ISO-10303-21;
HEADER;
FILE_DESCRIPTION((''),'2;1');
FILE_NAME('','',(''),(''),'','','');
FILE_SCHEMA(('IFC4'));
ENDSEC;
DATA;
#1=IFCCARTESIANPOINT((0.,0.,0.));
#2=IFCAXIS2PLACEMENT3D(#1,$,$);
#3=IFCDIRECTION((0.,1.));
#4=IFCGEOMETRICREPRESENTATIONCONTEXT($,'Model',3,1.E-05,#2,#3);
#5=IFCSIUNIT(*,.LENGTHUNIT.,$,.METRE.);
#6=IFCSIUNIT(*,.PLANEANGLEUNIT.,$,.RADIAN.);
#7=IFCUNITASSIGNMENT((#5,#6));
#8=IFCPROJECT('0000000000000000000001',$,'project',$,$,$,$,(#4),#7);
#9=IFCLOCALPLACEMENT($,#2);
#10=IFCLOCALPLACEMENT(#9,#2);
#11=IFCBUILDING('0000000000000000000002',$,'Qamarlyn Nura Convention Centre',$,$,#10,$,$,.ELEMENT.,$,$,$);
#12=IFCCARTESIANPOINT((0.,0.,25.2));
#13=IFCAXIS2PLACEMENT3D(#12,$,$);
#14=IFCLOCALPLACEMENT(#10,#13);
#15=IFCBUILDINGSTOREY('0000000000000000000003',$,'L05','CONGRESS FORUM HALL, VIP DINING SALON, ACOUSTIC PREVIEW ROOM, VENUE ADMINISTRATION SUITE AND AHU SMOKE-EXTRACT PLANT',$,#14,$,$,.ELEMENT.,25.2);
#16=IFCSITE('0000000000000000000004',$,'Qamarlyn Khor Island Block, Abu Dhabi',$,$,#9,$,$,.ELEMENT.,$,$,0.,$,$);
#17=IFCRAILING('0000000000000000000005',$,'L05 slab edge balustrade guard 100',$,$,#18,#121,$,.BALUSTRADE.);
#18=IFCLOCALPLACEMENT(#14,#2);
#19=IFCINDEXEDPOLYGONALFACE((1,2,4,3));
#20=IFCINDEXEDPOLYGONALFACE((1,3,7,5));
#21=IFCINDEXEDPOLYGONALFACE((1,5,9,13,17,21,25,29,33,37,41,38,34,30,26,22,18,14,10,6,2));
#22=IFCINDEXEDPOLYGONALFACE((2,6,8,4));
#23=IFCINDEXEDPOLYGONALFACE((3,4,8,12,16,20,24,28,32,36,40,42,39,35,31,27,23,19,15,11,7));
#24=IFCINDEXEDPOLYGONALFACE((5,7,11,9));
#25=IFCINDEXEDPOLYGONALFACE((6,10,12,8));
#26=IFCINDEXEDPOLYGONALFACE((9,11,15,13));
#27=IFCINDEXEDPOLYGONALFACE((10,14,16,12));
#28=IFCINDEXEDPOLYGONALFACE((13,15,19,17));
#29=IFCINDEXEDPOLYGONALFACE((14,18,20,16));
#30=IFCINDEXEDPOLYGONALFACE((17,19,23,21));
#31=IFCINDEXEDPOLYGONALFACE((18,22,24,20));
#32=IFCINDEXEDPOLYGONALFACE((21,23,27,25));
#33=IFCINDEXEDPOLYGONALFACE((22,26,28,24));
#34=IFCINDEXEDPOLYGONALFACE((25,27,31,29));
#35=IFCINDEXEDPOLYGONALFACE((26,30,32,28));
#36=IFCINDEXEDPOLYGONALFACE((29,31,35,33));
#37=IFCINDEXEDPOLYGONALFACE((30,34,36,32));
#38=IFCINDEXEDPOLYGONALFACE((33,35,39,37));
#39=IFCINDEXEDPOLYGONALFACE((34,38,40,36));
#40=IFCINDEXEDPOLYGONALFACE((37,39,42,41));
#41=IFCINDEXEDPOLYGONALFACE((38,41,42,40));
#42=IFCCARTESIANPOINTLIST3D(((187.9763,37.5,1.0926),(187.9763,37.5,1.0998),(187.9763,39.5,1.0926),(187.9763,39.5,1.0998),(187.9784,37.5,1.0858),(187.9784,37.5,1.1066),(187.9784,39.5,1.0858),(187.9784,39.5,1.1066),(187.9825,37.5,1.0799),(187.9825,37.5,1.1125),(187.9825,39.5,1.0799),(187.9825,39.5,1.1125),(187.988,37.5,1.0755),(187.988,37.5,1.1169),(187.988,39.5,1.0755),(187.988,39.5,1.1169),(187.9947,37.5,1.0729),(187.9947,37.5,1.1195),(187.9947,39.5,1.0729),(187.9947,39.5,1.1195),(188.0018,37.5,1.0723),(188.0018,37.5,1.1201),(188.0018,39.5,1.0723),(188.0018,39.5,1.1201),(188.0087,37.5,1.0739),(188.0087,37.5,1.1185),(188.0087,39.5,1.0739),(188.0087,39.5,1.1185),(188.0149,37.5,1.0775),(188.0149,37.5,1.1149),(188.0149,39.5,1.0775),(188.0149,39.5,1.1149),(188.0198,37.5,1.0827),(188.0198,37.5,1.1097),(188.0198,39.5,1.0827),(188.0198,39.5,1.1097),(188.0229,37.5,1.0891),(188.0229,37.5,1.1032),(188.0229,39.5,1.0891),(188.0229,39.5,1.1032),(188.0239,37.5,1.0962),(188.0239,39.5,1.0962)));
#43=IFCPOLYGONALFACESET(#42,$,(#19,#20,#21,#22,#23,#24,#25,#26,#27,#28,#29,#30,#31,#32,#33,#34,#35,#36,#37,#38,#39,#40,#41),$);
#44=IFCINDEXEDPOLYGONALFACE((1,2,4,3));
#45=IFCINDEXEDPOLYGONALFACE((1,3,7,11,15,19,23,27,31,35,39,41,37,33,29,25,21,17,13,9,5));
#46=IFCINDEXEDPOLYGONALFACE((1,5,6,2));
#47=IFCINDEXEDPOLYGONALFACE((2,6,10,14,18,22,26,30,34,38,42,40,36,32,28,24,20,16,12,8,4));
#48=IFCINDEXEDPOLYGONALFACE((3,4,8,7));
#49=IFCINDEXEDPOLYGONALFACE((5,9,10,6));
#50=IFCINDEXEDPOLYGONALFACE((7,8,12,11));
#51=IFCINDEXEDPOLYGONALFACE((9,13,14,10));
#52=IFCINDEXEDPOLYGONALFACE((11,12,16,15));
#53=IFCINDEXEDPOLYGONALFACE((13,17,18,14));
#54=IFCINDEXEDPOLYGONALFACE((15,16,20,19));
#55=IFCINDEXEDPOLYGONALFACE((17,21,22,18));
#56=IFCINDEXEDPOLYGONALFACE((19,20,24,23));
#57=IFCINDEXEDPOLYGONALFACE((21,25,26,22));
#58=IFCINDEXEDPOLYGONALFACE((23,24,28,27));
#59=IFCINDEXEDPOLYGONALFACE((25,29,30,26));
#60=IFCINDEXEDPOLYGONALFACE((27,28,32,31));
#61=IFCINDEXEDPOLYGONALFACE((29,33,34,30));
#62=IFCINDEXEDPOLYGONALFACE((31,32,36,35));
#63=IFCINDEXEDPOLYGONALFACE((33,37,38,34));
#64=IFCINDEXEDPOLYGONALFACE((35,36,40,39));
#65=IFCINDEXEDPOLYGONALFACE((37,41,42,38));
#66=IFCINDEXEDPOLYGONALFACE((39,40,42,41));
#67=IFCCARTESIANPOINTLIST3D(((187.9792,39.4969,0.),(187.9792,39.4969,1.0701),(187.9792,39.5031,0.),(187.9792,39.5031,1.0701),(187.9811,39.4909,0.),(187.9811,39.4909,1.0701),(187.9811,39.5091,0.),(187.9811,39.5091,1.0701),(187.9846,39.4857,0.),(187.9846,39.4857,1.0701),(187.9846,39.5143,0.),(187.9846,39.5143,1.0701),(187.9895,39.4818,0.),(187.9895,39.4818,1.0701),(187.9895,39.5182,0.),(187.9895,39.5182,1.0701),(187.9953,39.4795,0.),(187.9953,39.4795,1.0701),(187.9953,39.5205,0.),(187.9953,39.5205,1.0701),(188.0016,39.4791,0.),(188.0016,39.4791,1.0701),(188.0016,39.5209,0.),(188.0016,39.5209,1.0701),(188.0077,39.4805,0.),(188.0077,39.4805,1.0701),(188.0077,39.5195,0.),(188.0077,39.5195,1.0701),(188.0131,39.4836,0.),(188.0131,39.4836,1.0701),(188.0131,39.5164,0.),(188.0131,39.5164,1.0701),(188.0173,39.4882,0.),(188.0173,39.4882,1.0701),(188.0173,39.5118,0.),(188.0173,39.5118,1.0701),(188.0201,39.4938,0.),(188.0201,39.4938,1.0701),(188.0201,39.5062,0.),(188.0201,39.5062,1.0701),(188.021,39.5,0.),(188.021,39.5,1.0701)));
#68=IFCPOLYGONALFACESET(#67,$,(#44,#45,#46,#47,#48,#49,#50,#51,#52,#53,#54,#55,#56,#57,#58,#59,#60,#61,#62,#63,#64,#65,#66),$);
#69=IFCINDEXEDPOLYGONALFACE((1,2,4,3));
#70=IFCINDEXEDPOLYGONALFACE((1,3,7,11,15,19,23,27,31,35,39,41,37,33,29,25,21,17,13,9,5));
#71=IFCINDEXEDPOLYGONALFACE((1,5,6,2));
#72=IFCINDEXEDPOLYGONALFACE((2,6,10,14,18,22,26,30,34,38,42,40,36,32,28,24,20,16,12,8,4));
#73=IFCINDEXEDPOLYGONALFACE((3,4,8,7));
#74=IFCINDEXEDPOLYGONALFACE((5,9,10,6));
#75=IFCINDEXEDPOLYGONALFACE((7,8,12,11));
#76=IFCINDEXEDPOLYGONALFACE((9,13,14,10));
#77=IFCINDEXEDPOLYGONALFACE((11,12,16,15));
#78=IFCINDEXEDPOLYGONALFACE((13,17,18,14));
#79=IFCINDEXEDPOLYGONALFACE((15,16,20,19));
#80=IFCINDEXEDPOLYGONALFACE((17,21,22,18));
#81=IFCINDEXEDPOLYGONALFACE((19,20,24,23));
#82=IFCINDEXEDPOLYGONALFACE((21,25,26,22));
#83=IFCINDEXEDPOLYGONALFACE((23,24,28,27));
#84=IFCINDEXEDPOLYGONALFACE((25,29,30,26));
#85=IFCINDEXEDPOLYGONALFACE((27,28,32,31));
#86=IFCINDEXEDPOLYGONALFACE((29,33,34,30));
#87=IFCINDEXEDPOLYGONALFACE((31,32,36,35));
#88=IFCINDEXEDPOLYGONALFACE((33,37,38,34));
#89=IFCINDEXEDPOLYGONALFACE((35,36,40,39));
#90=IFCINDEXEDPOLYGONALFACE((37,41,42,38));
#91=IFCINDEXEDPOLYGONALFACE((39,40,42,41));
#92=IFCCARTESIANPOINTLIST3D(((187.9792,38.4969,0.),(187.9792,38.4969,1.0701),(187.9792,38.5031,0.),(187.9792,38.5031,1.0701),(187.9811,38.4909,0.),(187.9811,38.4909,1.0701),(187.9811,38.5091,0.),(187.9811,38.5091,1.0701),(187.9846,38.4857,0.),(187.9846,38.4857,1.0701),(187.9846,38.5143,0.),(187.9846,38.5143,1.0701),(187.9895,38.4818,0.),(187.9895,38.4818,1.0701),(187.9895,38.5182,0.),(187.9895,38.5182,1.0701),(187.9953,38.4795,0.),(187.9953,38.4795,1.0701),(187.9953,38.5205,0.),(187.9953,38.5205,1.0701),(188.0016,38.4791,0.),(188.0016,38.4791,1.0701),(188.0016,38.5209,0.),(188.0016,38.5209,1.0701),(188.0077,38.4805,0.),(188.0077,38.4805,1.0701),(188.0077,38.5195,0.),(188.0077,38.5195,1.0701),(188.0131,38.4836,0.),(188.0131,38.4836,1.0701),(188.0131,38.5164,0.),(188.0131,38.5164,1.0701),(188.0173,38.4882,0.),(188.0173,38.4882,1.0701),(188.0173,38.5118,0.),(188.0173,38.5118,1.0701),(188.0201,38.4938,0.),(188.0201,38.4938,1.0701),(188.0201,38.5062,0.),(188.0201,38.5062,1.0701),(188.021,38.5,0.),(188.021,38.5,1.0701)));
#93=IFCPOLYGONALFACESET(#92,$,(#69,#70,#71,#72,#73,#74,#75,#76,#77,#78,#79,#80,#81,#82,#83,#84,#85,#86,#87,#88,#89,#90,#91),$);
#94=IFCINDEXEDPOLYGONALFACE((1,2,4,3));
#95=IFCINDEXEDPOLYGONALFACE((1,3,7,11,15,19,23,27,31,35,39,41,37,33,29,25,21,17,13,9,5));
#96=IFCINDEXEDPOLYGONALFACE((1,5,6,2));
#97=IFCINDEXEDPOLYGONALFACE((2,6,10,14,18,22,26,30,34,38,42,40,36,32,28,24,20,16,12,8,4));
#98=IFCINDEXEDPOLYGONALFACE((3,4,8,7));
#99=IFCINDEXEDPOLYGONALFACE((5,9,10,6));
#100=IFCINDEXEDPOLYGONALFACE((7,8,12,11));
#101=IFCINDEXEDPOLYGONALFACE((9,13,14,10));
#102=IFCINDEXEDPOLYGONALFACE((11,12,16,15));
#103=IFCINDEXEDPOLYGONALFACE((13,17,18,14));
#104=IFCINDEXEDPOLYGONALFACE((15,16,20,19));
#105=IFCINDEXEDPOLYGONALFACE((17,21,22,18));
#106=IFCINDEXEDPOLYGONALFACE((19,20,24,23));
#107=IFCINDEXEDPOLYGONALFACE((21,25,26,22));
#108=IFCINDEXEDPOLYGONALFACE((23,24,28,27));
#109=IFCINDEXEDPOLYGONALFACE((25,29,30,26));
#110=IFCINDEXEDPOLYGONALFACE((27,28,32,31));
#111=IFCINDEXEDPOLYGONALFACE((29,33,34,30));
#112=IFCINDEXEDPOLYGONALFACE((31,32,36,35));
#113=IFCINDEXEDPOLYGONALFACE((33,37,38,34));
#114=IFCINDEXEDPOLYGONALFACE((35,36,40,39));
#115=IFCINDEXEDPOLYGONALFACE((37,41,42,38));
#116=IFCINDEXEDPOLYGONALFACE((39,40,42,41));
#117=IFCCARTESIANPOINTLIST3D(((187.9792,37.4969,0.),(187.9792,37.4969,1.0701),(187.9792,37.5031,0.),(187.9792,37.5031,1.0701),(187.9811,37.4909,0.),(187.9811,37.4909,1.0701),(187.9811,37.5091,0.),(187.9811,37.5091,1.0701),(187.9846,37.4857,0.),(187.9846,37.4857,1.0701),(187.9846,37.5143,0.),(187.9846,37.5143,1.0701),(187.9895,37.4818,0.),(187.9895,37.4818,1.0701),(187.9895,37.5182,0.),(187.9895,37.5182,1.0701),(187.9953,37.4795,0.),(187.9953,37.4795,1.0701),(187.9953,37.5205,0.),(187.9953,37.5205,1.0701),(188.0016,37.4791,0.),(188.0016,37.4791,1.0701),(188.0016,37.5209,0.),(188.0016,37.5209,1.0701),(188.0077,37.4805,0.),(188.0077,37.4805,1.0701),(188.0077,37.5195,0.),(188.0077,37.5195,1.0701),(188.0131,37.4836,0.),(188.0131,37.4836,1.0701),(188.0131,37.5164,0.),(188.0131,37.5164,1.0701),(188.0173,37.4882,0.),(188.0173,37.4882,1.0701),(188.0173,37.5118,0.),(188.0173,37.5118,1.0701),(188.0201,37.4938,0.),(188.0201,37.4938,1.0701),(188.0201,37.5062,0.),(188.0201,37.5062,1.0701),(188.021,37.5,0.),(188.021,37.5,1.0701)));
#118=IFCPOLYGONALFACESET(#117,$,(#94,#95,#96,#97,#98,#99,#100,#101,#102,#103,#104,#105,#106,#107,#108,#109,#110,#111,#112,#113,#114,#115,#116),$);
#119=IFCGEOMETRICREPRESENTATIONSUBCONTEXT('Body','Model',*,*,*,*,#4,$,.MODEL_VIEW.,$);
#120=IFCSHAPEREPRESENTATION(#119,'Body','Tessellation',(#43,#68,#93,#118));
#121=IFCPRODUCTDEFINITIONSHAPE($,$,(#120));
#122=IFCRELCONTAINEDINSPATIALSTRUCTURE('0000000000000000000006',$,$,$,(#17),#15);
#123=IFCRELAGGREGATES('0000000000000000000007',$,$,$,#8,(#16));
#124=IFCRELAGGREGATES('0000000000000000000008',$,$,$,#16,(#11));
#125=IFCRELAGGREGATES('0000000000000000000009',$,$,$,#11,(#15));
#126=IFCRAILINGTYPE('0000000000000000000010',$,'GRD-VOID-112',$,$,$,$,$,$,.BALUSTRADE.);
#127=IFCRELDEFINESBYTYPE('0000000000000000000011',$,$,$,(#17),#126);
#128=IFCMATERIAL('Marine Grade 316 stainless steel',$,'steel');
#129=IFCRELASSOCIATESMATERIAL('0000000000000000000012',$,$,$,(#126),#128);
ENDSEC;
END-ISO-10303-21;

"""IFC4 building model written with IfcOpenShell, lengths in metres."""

from ifc_helpers import new_model, si_unit, direction, frame, origin, origin_2d, place, context, subcontext, project, spatial, circle, extrude, material, type_object, element, save


model = new_model("IFC4")

# Units and contexts
model_context = context("Model", 3, precision=1e-05, world=origin(), true_north=direction((0.0, 1.0)))
body_context = subcontext(model_context, "Body", "Model", "MODEL_VIEW")
ifc_project = project(units=[si_unit("LENGTHUNIT", "METRE"), si_unit("PLANEANGLEUNIT", "RADIAN")], contexts=[model_context])

# Site, building, storey
site_placement = place(None, origin())
site = spatial("IfcSite", under=ifc_project, at=site_placement, Name="Qamarlyn Khor Island Block, Abu Dhabi", CompositionType="ELEMENT", RefElevation=0.0)
building_placement = place(site_placement, origin())
building = spatial("IfcBuilding", under=site, at=building_placement, Name="Qamarlyn Nura Convention Centre", CompositionType="ELEMENT")
storey_placement = place(building_placement, frame((0.0, 0.0, 25.2)))
storey = spatial("IfcBuildingStorey", under=building, at=storey_placement, Name="L05", Description="CONGRESS FORUM HALL, VIP DINING SALON, ACOUSTIC PREVIEW ROOM, VENUE ADMINISTRATION SUITE AND AHU SMOKE-EXTRACT PLANT", CompositionType="ELEMENT", Elevation=25.2)

# Railing
ifc_material_1 = material(Name="Marine Grade 316 stainless steel", Category="steel")
railing_type = type_object("IfcRailingType", Name="GRD-VOID-112", PredefinedType="BALUSTRADE", material=ifc_material_1)
railing_1_placement = place(storey_placement, frame((188.0, 39.5, 0.0)))
element("IfcRailing", 1, at=railing_1_placement, inside=storey, type_object=railing_type, Name="L05 slab edge balustrade guard 100", PredefinedType="BALUSTRADE", context=body_context, shape_type="SweptSolid", body=[
    extrude(circle(Radius=0.0239, at=origin_2d()), frame((0.0, 0.0, 1.0962), z_axis=(0.0, -1.0, 0.0), x_axis=(1.0, 0.0, 0.0)), (0.0, 0.0, 1.0), 2.0),
    extrude(circle(Radius=0.021, at=origin_2d()), origin(), (0.0, 0.0, 1.0), 1.0701),
    extrude(circle(Radius=0.021, at=origin_2d()), frame((0.0, -1.0, 0.0)), (0.0, 0.0, 1.0), 1.0701),
    extrude(circle(Radius=0.021, at=origin_2d()), frame((0.0, -2.0, 0.0)), (0.0, 0.0, 1.0), 1.0701),
])

save(model, "model.ifc")
